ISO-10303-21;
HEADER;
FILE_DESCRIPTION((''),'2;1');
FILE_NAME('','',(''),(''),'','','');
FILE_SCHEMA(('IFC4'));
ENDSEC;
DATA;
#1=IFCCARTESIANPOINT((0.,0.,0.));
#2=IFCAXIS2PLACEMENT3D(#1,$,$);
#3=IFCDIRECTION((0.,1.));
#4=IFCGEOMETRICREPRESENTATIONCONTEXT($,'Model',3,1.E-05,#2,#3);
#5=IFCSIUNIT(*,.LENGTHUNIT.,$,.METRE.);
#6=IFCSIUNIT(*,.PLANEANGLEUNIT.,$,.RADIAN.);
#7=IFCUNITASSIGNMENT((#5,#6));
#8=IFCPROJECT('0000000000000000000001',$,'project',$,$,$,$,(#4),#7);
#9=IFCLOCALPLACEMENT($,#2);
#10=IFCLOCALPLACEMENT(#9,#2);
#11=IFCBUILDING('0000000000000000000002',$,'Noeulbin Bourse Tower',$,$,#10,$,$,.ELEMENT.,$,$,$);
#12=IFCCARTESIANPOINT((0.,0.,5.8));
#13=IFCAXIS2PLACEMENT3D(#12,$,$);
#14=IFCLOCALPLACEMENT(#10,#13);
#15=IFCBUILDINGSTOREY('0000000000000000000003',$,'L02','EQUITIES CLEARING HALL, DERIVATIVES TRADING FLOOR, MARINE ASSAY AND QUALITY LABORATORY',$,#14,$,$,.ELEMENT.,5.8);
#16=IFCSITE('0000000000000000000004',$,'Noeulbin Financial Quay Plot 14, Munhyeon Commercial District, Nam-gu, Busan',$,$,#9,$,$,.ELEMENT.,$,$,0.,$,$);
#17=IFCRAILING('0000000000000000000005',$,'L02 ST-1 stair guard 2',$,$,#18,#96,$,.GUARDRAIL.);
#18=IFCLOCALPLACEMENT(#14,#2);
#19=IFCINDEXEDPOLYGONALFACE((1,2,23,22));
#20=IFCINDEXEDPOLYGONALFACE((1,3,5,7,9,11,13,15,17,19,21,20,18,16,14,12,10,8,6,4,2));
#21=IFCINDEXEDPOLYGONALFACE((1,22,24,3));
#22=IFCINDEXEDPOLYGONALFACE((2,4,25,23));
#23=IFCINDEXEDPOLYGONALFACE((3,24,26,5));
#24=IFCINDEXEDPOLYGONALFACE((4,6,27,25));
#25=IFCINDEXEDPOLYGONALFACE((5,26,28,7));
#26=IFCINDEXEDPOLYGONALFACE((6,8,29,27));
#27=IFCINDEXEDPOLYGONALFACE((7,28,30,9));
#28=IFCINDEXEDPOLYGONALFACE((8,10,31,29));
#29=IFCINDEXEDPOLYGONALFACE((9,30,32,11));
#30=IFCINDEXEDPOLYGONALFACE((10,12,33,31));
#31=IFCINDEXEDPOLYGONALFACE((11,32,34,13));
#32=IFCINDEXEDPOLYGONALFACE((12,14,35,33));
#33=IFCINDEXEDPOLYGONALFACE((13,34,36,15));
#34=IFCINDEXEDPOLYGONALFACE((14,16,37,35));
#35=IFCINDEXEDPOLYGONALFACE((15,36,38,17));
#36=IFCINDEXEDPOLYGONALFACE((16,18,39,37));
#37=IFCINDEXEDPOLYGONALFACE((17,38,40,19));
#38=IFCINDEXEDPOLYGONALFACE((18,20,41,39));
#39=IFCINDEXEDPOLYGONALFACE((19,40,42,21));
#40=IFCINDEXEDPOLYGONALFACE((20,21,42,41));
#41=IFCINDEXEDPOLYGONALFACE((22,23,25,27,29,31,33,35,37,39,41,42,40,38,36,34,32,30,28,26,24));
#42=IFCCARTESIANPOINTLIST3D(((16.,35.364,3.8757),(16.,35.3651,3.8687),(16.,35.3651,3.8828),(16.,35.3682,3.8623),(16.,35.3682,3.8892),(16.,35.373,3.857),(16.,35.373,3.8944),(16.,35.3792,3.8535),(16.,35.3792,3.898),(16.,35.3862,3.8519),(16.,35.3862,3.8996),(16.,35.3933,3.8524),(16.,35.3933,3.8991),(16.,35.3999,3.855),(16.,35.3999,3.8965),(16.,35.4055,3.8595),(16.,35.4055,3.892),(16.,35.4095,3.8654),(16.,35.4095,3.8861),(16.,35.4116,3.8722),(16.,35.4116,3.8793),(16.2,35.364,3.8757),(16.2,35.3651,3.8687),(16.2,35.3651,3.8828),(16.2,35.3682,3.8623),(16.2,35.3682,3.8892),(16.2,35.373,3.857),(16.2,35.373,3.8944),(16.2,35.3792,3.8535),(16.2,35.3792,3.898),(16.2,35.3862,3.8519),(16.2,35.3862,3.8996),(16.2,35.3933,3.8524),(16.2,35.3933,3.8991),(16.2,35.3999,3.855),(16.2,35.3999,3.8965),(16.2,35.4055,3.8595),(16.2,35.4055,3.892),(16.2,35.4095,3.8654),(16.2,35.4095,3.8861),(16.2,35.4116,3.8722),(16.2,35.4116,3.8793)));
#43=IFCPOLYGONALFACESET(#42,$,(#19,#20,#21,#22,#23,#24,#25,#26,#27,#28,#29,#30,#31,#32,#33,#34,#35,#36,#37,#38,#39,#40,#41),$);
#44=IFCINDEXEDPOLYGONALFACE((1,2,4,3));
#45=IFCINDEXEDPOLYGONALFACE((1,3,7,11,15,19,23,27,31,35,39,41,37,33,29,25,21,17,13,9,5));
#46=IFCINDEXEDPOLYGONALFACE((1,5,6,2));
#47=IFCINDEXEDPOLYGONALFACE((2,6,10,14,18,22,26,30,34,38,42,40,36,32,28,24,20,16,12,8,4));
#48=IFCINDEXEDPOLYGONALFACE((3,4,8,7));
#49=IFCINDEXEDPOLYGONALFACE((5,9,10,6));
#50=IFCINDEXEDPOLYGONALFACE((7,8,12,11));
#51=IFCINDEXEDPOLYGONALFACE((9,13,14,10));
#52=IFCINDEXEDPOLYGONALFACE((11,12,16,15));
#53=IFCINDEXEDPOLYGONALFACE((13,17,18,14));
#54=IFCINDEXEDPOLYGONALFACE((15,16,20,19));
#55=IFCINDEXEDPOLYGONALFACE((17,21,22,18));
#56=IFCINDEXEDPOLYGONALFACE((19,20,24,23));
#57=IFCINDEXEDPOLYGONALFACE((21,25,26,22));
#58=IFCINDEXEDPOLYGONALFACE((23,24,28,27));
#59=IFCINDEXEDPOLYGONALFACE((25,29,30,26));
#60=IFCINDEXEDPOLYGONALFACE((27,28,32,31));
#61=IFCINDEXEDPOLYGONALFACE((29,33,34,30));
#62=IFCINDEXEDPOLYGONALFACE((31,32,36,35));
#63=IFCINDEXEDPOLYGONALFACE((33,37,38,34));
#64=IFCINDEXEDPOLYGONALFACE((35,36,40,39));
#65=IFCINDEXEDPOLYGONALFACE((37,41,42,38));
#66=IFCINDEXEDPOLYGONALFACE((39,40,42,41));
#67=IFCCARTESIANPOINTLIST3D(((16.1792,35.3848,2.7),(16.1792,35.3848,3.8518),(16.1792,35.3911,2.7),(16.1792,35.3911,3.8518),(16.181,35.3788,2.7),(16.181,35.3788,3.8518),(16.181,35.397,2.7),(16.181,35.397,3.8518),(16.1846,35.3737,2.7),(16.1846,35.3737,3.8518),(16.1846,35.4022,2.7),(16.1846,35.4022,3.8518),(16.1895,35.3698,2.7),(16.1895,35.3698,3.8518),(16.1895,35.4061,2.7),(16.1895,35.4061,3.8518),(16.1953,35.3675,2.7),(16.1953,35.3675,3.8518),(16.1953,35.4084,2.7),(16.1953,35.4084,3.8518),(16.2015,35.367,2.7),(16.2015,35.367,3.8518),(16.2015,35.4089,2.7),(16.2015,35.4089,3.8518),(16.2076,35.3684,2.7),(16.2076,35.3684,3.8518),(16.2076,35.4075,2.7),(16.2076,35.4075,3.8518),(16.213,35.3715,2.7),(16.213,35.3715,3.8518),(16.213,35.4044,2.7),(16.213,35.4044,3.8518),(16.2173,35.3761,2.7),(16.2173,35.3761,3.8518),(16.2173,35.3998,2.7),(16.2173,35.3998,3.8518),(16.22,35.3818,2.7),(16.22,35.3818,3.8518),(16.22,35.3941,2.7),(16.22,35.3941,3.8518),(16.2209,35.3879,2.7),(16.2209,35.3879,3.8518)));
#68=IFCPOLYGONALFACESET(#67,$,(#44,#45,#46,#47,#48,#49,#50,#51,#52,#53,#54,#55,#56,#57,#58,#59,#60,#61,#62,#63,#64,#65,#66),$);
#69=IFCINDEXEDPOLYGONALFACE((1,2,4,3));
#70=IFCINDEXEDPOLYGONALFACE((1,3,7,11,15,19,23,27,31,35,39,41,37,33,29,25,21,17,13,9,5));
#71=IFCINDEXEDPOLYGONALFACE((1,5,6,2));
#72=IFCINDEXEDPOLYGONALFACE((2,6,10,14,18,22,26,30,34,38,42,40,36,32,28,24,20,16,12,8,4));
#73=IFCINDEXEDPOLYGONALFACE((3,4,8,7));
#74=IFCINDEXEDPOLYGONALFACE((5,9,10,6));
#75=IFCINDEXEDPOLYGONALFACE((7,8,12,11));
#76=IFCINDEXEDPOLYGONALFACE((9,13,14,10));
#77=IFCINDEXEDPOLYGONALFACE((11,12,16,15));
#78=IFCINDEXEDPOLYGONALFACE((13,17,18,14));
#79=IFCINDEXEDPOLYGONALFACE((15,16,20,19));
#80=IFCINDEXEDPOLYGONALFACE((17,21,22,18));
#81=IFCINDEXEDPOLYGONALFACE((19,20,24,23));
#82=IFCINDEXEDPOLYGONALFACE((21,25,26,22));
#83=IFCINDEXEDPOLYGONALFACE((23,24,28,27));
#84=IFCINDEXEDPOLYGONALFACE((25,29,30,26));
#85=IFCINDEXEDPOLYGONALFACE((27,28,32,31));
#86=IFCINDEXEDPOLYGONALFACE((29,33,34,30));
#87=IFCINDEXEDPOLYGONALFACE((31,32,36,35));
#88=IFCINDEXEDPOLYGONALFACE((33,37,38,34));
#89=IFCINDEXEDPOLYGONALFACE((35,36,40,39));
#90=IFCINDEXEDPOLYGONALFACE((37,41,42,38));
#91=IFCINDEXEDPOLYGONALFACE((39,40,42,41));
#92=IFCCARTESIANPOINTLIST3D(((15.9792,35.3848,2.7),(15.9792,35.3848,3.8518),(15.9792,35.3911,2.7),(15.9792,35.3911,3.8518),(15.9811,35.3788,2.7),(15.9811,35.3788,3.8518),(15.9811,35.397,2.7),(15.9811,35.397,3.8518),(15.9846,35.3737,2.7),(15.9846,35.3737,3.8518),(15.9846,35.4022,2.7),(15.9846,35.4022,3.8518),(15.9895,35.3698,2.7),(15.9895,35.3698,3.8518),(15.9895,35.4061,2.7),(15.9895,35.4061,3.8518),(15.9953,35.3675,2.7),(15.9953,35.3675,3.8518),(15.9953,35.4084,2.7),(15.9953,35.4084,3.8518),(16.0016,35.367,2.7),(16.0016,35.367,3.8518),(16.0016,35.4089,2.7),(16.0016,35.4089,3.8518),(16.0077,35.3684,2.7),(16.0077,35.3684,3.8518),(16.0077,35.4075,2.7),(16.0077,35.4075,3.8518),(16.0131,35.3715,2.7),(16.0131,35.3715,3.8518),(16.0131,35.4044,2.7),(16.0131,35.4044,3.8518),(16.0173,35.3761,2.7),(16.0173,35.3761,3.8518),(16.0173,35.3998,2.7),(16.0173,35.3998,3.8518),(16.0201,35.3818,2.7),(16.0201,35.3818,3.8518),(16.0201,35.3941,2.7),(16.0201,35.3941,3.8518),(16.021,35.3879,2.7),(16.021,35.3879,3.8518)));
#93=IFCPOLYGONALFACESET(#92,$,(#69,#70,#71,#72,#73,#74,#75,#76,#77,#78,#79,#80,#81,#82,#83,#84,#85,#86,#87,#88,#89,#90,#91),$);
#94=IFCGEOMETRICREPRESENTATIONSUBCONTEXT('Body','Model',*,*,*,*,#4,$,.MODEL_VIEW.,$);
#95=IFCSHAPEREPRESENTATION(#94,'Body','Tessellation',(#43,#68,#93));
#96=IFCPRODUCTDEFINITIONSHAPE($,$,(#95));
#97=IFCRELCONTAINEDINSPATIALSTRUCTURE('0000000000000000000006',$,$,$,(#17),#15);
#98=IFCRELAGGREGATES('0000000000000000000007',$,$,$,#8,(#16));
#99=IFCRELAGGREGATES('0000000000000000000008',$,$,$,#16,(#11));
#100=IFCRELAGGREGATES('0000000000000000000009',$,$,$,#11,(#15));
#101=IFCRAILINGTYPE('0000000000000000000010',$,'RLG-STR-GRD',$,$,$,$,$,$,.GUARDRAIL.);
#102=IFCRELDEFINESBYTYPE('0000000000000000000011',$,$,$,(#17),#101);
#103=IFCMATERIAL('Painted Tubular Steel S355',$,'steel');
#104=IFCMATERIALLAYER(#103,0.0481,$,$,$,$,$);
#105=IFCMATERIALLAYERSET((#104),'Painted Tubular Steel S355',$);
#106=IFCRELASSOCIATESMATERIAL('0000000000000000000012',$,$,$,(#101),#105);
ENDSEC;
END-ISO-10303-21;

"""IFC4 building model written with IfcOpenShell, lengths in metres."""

from ifc_helpers import new_model, si_unit, direction, frame, origin, origin_2d, place, context, subcontext, project, spatial, circle, extrude, material, layer, layer_set, type_object, element, save


model = new_model("IFC4")

# Units and contexts
model_context = context("Model", 3, precision=1e-05, world=origin(), true_north=direction((0.0, 1.0)))
body_context = subcontext(model_context, "Body", "Model", "MODEL_VIEW")
ifc_project = project(units=[si_unit("LENGTHUNIT", "METRE"), si_unit("PLANEANGLEUNIT", "RADIAN")], contexts=[model_context])

# Site, building, storey
site_placement = place(None, origin())
site = spatial("IfcSite", under=ifc_project, at=site_placement, Name="Noeulbin Financial Quay Plot 14, Munhyeon Commercial District, Nam-gu, Busan", CompositionType="ELEMENT", RefElevation=0.0)
building_placement = place(site_placement, origin())
building = spatial("IfcBuilding", under=site, at=building_placement, Name="Noeulbin Bourse Tower", CompositionType="ELEMENT")
storey_placement = place(building_placement, frame((0.0, 0.0, 5.8)))
storey = spatial("IfcBuildingStorey", under=building, at=storey_placement, Name="L02", Description="EQUITIES CLEARING HALL, DERIVATIVES TRADING FLOOR, MARINE ASSAY AND QUALITY LABORATORY", CompositionType="ELEMENT", Elevation=5.8)

# Railing
ifc_material_1 = material(Name="Painted Tubular Steel S355", Category="steel")
ifc_layer_1 = layer(ifc_material_1, 0.0481)
ifc_layer_set_1 = layer_set([ifc_layer_1], Name="Painted Tubular Steel S355")
railing_type_1 = type_object("IfcRailingType", Name="RLG-STR-GRD", PredefinedType="GUARDRAIL", material=ifc_layer_set_1)
railing_1_placement = place(storey_placement, frame((16.2, 35.3879, 2.7)))
element("IfcRailing", 1, at=railing_1_placement, inside=storey, type_object=railing_type_1, Name="L02 ST-1 stair guard 2", PredefinedType="GUARDRAIL", context=body_context, shape_type="SweptSolid", body=[
    extrude(circle(Radius=0.0239, at=origin_2d()), frame((0.0, 0.0, 1.1758), z_axis=(-1.0, 0.0, 0.0), x_axis=(0.0, -1.0, 0.0)), (0.0, 0.0, 1.0), 0.2),
    extrude(circle(Radius=0.021, at=origin_2d()), origin(), (0.0, 0.0, 1.0), 1.1519),
    extrude(circle(Radius=0.021, at=origin_2d()), frame((-0.2, 0.0, 0.0)), (0.0, 0.0, 1.0), 1.1519),
])

save(model, "model.ifc")
